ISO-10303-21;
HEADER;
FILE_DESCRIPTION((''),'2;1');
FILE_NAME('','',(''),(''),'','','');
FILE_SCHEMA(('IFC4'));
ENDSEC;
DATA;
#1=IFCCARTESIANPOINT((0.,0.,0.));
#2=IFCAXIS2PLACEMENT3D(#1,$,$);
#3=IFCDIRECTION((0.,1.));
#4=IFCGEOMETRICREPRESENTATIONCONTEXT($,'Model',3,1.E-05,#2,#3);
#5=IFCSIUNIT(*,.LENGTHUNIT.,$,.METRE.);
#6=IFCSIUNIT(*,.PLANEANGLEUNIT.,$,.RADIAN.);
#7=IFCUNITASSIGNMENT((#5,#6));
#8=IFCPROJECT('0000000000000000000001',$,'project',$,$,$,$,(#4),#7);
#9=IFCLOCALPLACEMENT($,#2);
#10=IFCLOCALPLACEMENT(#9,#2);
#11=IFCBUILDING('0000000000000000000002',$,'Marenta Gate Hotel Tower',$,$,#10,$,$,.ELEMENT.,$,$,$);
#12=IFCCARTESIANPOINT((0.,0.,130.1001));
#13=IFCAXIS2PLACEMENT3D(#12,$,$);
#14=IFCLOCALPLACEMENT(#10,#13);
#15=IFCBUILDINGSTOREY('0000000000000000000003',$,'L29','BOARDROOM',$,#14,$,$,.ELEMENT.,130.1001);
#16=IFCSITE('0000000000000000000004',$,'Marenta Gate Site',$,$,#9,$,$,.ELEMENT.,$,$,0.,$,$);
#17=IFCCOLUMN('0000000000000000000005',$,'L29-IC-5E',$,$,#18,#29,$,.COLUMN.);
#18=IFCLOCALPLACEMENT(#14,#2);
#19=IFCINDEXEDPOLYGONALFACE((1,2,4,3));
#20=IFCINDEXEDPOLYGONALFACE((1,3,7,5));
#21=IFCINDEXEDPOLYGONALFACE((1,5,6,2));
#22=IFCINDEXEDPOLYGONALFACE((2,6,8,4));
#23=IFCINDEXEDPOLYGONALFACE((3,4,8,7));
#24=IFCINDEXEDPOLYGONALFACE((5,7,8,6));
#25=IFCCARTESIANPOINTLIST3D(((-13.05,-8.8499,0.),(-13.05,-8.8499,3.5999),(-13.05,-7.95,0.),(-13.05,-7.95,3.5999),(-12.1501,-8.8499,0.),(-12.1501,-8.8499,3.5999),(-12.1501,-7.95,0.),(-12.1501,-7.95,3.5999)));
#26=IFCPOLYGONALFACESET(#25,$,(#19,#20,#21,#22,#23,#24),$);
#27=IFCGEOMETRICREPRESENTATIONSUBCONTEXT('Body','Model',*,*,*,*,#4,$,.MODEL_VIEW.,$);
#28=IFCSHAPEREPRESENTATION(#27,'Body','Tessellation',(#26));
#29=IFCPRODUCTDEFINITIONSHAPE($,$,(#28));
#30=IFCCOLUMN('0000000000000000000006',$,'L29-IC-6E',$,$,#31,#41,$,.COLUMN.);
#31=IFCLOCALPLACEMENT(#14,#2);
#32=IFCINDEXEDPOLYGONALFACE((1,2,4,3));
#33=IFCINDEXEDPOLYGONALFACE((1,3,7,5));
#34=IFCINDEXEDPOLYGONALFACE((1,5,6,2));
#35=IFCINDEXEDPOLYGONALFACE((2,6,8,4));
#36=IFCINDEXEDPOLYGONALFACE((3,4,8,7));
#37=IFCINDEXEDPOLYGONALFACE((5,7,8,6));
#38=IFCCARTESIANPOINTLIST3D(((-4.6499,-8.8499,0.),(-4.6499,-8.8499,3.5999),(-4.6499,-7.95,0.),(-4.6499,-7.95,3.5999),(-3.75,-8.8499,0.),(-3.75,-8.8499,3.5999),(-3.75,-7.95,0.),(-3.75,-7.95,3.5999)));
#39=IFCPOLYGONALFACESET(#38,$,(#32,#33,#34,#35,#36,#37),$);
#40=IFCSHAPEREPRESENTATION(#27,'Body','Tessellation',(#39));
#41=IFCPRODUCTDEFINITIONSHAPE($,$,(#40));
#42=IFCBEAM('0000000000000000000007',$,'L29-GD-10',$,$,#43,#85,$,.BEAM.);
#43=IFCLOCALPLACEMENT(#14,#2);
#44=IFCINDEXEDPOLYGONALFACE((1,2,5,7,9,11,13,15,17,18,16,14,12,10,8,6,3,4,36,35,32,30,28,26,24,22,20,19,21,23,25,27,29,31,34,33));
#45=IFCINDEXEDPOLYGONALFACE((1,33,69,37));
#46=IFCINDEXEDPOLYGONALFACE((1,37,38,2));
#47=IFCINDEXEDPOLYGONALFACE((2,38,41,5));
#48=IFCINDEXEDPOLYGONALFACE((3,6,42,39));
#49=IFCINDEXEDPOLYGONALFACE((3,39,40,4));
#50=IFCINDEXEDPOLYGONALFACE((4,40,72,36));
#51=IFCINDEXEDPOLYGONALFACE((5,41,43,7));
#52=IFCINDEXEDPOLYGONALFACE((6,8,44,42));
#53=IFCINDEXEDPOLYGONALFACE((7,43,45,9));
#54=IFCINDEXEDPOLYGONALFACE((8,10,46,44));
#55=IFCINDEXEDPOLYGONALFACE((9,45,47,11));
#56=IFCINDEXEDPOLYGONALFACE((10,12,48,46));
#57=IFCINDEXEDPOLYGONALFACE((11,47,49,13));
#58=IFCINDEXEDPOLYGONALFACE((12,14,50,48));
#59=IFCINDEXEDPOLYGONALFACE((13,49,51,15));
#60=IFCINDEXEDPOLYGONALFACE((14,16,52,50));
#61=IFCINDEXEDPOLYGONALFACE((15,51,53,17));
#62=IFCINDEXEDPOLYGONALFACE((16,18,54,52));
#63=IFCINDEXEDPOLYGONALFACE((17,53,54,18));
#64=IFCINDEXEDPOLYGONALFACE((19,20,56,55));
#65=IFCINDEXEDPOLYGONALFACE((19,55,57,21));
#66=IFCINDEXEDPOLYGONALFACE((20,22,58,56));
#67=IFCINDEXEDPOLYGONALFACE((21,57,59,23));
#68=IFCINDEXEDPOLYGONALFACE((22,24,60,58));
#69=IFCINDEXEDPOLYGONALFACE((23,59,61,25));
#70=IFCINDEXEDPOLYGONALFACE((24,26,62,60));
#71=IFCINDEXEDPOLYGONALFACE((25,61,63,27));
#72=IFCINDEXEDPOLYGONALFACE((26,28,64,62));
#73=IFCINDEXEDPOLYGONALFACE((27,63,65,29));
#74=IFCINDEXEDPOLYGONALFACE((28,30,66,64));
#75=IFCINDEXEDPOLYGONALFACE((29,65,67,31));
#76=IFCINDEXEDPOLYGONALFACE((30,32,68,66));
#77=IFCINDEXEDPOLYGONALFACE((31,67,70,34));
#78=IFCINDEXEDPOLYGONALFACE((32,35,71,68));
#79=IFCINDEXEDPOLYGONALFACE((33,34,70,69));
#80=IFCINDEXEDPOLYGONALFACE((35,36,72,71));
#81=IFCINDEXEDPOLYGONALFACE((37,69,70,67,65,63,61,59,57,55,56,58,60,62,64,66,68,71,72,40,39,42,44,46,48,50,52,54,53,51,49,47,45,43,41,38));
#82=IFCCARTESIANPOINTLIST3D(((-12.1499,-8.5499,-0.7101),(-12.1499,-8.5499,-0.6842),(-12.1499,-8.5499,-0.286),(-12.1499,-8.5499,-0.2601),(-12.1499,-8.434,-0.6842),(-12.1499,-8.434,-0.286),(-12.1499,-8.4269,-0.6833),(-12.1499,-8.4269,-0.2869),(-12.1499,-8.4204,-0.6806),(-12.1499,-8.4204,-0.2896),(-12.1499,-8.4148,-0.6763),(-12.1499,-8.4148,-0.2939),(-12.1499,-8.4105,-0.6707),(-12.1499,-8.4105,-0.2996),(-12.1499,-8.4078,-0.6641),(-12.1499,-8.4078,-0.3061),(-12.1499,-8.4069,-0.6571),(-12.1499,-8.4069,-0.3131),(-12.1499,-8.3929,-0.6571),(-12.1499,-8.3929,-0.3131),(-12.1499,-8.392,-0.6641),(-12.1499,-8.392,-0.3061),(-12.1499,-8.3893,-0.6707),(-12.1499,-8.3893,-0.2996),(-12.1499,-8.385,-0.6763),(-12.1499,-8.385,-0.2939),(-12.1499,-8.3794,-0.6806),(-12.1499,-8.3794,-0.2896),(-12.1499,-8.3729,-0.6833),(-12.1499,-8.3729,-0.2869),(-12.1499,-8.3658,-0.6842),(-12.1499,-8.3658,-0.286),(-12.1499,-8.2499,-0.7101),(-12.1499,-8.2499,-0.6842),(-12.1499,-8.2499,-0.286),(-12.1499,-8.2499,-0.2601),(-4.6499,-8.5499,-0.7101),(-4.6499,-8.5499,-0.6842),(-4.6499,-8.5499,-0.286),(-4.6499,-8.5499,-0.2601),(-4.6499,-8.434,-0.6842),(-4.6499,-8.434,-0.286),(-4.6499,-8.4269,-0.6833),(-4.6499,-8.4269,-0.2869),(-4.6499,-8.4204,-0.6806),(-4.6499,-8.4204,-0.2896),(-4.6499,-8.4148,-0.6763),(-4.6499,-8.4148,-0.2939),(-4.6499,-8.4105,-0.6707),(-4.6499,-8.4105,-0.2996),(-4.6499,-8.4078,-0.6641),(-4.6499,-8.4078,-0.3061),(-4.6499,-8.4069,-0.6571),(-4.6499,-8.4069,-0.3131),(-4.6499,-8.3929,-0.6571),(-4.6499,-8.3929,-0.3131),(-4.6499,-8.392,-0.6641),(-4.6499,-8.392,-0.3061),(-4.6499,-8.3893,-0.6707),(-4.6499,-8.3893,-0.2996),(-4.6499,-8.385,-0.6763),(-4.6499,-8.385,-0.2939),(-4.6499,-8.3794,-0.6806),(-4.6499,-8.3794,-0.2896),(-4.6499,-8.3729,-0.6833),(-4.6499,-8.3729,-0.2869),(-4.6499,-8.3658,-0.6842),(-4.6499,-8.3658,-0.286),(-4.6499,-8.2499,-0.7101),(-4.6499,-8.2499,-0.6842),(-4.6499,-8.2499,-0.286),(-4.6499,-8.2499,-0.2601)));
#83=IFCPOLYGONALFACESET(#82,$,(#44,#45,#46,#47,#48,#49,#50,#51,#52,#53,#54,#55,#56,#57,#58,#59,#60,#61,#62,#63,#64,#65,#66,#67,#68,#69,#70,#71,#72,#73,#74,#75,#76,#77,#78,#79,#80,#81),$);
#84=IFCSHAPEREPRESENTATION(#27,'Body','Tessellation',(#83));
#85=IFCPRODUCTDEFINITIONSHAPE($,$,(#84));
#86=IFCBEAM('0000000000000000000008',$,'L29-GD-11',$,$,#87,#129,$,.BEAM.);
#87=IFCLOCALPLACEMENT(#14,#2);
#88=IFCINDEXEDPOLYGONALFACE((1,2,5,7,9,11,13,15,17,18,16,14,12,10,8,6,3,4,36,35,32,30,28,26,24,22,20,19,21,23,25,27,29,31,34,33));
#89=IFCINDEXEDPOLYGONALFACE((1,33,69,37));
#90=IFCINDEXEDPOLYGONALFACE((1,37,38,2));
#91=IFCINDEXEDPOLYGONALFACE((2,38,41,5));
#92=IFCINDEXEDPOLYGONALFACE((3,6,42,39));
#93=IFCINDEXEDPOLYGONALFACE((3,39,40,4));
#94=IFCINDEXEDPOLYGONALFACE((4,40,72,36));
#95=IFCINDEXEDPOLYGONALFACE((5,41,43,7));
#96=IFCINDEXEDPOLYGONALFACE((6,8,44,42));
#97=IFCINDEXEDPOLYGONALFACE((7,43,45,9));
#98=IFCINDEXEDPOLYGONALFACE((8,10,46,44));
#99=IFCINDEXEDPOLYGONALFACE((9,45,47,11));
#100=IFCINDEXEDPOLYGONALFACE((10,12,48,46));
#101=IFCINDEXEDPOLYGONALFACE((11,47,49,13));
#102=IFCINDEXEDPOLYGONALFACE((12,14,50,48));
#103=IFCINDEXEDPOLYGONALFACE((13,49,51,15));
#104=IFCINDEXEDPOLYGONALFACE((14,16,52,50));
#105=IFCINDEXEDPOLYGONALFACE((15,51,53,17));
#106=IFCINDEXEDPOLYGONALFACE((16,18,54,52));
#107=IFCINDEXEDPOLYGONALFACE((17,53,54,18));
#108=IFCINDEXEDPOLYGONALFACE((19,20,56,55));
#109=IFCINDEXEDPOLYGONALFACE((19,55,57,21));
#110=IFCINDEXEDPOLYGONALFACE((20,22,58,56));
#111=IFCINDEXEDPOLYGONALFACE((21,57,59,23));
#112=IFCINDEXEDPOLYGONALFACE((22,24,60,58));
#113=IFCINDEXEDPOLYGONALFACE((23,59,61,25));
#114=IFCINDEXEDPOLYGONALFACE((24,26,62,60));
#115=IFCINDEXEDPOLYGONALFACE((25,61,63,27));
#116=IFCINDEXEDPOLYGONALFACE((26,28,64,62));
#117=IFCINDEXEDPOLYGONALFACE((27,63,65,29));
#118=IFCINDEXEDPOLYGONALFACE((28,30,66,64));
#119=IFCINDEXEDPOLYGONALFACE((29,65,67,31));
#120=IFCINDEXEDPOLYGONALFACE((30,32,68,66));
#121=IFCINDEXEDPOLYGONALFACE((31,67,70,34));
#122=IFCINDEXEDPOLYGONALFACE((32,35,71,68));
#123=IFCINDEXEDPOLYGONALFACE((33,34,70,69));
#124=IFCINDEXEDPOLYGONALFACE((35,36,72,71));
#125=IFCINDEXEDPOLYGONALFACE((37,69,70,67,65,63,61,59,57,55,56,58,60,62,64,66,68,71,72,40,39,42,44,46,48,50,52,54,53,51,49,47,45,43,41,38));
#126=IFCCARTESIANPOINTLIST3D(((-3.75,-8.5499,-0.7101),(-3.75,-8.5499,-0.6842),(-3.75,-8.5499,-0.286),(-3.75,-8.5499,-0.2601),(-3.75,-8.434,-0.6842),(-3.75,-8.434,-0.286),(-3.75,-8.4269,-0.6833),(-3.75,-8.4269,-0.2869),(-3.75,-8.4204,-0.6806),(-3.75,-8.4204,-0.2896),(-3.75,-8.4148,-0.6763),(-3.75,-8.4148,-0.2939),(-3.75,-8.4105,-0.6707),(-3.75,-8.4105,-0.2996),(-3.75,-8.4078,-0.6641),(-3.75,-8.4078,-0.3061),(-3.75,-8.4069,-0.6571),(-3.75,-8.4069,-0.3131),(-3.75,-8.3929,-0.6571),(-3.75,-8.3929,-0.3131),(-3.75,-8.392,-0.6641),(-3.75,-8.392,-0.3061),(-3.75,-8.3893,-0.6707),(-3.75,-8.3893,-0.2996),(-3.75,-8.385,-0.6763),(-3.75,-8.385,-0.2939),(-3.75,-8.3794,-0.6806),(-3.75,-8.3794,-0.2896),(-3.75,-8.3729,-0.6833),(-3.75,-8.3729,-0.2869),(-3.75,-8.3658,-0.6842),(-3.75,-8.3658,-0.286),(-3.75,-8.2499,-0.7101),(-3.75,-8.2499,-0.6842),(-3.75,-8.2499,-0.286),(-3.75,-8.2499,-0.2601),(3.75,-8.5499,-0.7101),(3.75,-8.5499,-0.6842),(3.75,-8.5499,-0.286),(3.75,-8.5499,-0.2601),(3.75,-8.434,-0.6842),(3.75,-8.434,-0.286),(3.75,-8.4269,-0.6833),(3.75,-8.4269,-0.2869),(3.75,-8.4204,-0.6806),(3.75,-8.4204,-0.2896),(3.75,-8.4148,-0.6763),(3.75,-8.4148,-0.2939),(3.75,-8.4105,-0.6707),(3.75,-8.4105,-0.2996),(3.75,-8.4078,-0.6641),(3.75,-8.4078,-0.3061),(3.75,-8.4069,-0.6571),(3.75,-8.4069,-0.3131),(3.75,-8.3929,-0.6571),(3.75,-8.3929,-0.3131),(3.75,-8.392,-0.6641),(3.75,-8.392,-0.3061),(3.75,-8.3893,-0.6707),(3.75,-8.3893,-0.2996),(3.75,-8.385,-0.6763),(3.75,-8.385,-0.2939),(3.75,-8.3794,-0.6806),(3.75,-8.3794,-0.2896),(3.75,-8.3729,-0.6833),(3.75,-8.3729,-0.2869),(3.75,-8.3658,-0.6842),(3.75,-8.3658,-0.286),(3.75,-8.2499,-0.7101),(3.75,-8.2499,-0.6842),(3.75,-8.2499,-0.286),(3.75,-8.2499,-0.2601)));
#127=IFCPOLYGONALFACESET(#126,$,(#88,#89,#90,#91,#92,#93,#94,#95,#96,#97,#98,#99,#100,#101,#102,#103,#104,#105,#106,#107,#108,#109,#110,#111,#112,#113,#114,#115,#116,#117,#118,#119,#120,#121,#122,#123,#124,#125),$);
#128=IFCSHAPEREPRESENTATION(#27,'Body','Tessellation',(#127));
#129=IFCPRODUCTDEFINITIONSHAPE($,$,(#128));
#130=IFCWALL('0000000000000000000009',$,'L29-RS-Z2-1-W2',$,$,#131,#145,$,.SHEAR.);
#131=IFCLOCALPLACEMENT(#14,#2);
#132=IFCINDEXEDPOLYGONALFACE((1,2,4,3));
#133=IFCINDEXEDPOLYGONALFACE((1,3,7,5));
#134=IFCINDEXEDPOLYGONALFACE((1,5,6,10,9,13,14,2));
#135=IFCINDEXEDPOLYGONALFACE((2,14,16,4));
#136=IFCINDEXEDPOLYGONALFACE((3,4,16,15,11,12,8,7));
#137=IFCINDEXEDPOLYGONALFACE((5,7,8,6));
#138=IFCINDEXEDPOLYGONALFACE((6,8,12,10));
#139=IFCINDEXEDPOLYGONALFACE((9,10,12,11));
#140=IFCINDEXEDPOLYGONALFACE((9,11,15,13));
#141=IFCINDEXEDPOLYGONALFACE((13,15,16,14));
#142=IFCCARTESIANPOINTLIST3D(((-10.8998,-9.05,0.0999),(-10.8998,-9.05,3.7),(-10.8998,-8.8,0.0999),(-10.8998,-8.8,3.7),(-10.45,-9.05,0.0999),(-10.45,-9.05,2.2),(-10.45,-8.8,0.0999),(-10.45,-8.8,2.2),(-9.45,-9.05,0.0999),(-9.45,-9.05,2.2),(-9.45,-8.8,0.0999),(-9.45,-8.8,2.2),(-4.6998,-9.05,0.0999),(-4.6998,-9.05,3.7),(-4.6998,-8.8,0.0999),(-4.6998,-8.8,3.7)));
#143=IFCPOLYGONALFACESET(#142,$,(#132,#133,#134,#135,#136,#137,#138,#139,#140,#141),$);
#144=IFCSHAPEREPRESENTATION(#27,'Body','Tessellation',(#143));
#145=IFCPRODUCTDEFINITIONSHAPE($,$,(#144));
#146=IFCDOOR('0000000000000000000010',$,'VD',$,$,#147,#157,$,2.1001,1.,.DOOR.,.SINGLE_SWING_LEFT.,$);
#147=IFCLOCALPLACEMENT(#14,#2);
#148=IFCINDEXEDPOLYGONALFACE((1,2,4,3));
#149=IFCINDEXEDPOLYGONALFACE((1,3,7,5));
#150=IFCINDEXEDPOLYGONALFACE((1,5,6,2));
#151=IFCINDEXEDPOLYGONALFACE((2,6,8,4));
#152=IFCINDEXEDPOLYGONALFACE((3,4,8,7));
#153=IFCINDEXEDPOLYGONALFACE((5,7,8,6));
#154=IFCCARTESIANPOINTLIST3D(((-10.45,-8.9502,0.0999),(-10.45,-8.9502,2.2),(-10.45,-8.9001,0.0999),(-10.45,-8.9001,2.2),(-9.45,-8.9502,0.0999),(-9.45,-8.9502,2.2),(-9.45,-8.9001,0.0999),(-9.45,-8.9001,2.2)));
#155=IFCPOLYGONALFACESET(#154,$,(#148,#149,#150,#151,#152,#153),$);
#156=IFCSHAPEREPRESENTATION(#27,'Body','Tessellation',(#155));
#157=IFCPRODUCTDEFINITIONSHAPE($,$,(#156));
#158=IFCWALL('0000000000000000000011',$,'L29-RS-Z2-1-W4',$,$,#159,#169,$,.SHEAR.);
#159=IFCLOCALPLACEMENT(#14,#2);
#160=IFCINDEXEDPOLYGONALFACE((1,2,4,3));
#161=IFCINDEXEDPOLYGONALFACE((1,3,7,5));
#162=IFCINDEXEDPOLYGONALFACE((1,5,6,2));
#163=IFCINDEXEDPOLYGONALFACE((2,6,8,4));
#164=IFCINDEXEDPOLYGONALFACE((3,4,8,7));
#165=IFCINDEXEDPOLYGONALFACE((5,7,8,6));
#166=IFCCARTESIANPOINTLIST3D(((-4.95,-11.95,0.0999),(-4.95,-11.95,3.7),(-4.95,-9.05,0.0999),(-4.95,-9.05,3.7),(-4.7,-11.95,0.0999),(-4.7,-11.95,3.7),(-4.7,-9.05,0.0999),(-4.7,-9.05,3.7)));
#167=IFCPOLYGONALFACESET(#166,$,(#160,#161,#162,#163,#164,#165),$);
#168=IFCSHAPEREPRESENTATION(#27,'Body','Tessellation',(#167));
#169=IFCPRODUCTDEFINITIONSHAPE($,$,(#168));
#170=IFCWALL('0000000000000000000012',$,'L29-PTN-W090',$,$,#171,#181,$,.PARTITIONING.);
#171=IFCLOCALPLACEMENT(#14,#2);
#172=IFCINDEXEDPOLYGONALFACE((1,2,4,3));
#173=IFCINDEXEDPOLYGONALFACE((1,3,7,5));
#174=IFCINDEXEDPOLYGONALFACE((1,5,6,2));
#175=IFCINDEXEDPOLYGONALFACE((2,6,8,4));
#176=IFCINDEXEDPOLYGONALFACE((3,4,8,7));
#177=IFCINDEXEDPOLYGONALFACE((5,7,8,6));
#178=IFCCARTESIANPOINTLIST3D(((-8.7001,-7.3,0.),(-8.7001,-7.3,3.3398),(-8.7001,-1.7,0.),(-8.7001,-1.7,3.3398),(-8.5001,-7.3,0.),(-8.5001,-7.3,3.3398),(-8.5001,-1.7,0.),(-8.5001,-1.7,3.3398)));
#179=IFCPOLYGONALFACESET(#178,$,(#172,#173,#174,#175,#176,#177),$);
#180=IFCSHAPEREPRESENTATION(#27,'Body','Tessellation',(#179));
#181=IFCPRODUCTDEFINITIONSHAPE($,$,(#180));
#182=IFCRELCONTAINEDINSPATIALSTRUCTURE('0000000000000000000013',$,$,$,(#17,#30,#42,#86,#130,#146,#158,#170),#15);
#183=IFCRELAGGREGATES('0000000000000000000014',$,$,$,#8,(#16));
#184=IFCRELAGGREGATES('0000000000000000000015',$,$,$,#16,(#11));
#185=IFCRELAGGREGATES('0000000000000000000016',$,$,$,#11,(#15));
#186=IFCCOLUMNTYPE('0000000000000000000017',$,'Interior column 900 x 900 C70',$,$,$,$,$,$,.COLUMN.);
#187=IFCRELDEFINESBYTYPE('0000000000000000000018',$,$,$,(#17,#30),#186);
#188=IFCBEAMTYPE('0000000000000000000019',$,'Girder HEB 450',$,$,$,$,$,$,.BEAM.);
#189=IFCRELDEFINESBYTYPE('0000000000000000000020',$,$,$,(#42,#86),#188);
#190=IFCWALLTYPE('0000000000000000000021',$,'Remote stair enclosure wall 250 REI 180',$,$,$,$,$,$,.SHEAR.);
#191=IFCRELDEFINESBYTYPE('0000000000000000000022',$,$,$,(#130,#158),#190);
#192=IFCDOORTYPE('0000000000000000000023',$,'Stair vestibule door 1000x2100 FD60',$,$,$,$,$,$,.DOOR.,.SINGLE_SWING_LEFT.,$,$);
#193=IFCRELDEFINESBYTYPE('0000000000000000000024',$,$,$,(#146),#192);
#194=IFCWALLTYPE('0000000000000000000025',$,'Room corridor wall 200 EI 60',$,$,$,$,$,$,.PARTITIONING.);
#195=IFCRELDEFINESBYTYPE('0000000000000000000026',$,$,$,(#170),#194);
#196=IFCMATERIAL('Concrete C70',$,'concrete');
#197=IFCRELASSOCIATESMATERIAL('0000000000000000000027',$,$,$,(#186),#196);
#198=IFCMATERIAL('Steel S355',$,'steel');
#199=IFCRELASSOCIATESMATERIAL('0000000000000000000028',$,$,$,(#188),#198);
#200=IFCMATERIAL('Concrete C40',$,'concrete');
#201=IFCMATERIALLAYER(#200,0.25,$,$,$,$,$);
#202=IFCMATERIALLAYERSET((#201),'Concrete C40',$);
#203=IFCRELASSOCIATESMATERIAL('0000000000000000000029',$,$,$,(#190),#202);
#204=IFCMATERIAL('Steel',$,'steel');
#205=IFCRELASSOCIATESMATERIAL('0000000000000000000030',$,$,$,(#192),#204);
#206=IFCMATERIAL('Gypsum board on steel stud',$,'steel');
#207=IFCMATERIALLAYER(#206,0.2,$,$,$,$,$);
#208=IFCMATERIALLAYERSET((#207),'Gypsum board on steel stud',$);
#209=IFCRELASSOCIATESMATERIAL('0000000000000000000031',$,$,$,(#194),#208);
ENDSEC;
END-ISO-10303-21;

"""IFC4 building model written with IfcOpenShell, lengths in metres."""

from ifc_helpers import new_model, si_unit, direction, frame, frame_2d, origin, origin_2d, place, context, subcontext, project, spatial, rectangle, i_section, extrude, material, layer, layer_set, material_profile, profile_set, type_object, element, fill, save


model = new_model("IFC4")

# Units and contexts
model_context = context("Model", 3, precision=1e-05, world=origin(), true_north=direction((0.0, 1.0)))
body_context = subcontext(model_context, "Body", "Model", "MODEL_VIEW")
ifc_project = project(units=[si_unit("LENGTHUNIT", "METRE"), si_unit("PLANEANGLEUNIT", "RADIAN")], contexts=[model_context])

# Site, building, storey
site_placement = place(None, origin())
site = spatial("IfcSite", under=ifc_project, at=site_placement, Name="Marenta Gate Site", CompositionType="ELEMENT", RefElevation=0.0)
building_placement = place(site_placement, origin())
building = spatial("IfcBuilding", under=site, at=building_placement, Name="Marenta Gate Hotel Tower", CompositionType="ELEMENT")
storey_placement = place(building_placement, frame((0.0, 0.0, 130.1001)))
storey = spatial("IfcBuildingStorey", under=building, at=storey_placement, Name="L29", Description="BOARDROOM", CompositionType="ELEMENT", Elevation=130.1001)

# Columns
ifc_material_1 = material(Name="Concrete C70", Category="concrete")
ifc_material_profile_1 = material_profile(ifc_material_1, rectangle(XDim=0.8999, YDim=0.8999, at=origin_2d()), Name="900 x 900")
ifc_profile_set_1 = profile_set([ifc_material_profile_1], Name="Concrete C70")
column_type = type_object("IfcColumnType", Name="Interior column 900 x 900 C70", PredefinedType="COLUMN", material=ifc_profile_set_1)
for number, where, z_axis, x_axis, name in (
    (1, (-12.6001, -8.3999, 0.0), (0.0, 0.0, 1.0), (1.0, 0.0, 0.0), "L29-IC-5E"),
    (2, (-4.2, -8.3999, 0.0), (0.0, 0.0, 1.0), (1.0, 0.0, 0.0), "L29-IC-6E"),
):
    element("IfcColumn", number, at=place(storey_placement, frame(where, z_axis=z_axis, x_axis=x_axis)), inside=storey, type_object=column_type, Name=name, PredefinedType="COLUMN", context=body_context, shape_type="SweptSolid", body=[
        extrude(rectangle(XDim=0.8999, YDim=0.8999, at=origin_2d()), origin(), (0.0, 0.0, 1.0), 3.5999),
    ])

# Beams
ifc_material_2 = material(Name="Steel S355", Category="steel")
ifc_material_profile_2 = material_profile(ifc_material_2, i_section(OverallWidth=0.3, OverallDepth=0.45, WebThickness=0.0139, FlangeThickness=0.0259, FilletRadius=0.0271, at=origin_2d()), Name="HEB 450")
ifc_profile_set_2 = profile_set([ifc_material_profile_2], Name="Steel S355")
beam_type = type_object("IfcBeamType", Name="Girder HEB 450", PredefinedType="BEAM", material=ifc_profile_set_2)
for number, where, z_axis, x_axis, name in (
    (3, (-12.1499, -8.3999, -0.4851), (1.0, 0.0, 0.0), (0.0, 1.0, 0.0), "L29-GD-10"),
    (4, (-3.75, -8.3999, -0.4851), (1.0, 0.0, 0.0), (0.0, 1.0, 0.0), "L29-GD-11"),
):
    element("IfcBeam", number, at=place(storey_placement, frame(where, z_axis=z_axis, x_axis=x_axis)), inside=storey, type_object=beam_type, Name=name, PredefinedType="BEAM", context=body_context, shape_type="SweptSolid", body=[
        extrude(i_section(OverallWidth=0.3, OverallDepth=0.45, WebThickness=0.0139, FlangeThickness=0.0259, FilletRadius=0.0271, at=origin_2d()), origin(), (0.0, 0.0, 1.0), 7.5),
    ])

# Wall, opening, door
ifc_material_3 = material(Name="Concrete C40", Category="concrete")
ifc_layer_1 = layer(ifc_material_3, 0.25)
ifc_layer_set_1 = layer_set([ifc_layer_1], Name="Concrete C40")
wall_type_1 = type_object("IfcWallType", Name="Remote stair enclosure wall 250 REI 180", PredefinedType="SHEAR", material=ifc_layer_set_1)
wall_1_placement = place(storey_placement, frame((-10.8999, -8.925, 0.0999), z_axis=(0.0, 0.0, 1.0), x_axis=(1.0, 0.0, 0.0)))
wall_1 = element("IfcWall", 5, at=wall_1_placement, inside=storey, type_object=wall_type_1, Name="L29-RS-Z2-1-W2", PredefinedType="SHEAR", context=body_context, shape_type="SweptSolid", body=[
    extrude(rectangle(XDim=6.2, YDim=0.25, at=frame_2d((3.1001, 0.0))), origin(), (0.0, 0.0, 1.0), 3.6001),
])
opening_1_placement = place(wall_1_placement, frame((0.45, 0.0, 0.0)))
opening_1 = element("IfcOpeningElement", 6, at=opening_1_placement, cuts=wall_1, PredefinedType="OPENING", context=body_context, shape_type="SweptSolid", body=[
    extrude(rectangle(XDim=1.0, YDim=2.1001, at=frame_2d((0.5, 1.05))), frame((0.0, 0.125, 0.0), z_axis=(0.0, -1.0, 0.0), x_axis=(1.0, 0.0, 0.0)), (0.0, 0.0, 1.0), 0.25),
])
ifc_material_4 = material(Name="Steel", Category="steel")
door_type_1 = type_object("IfcDoorType", Name="Stair vestibule door 1000x2100 FD60", OperationType="SINGLE_SWING_LEFT", PredefinedType="DOOR", material=ifc_material_4)
door_1_placement = place(opening_1_placement, origin())
door_1 = element("IfcDoor", 7, at=door_1_placement, inside=storey, type_object=door_type_1, Name="VD", OperationType="SINGLE_SWING_LEFT", OverallHeight=2.1001, OverallWidth=1.0, PredefinedType="DOOR", context=body_context, shape_type="SweptSolid", body=[
    extrude(rectangle(XDim=1.0, YDim=2.1001, at=frame_2d((0.5, 1.05))), frame((0.0, 0.0249, 0.0), z_axis=(0.0, -1.0, 0.0), x_axis=(1.0, 0.0, 0.0)), (0.0, 0.0, 1.0), 0.05),
])
fill(opening_1, door_1)

# Wall
wall_2_placement = place(storey_placement, frame((-4.825, -11.95, 0.0999), z_axis=(0.0, 0.0, 1.0), x_axis=(0.0, 1.0, 0.0)))
element("IfcWall", 8, at=wall_2_placement, inside=storey, type_object=wall_type_1, Name="L29-RS-Z2-1-W4", PredefinedType="SHEAR", context=body_context, shape_type="SweptSolid", body=[
    extrude(rectangle(XDim=2.8999, YDim=0.25, at=frame_2d((1.45, 0.0))), origin(), (0.0, 0.0, 1.0), 3.6001),
])

# Wall
ifc_material_5 = material(Name="Gypsum board on steel stud", Category="steel")
ifc_layer_2 = layer(ifc_material_5, 0.2)
ifc_layer_set_2 = layer_set([ifc_layer_2], Name="Gypsum board on steel stud")
wall_type_2 = type_object("IfcWallType", Name="Room corridor wall 200 EI 60", PredefinedType="PARTITIONING", material=ifc_layer_set_2)
wall_3_placement = place(storey_placement, frame((-8.6001, -7.3, 0.0), z_axis=(0.0, 0.0, 1.0), x_axis=(0.0, 1.0, 0.0)))
element("IfcWall", 9, at=wall_3_placement, inside=storey, type_object=wall_type_2, Name="L29-PTN-W090", PredefinedType="PARTITIONING", context=body_context, shape_type="SweptSolid", body=[
    extrude(rectangle(XDim=5.6001, YDim=0.2, at=frame_2d((2.8, 0.0))), origin(), (0.0, 0.0, 1.0), 3.3398),
])

save(model, "model.ifc")
